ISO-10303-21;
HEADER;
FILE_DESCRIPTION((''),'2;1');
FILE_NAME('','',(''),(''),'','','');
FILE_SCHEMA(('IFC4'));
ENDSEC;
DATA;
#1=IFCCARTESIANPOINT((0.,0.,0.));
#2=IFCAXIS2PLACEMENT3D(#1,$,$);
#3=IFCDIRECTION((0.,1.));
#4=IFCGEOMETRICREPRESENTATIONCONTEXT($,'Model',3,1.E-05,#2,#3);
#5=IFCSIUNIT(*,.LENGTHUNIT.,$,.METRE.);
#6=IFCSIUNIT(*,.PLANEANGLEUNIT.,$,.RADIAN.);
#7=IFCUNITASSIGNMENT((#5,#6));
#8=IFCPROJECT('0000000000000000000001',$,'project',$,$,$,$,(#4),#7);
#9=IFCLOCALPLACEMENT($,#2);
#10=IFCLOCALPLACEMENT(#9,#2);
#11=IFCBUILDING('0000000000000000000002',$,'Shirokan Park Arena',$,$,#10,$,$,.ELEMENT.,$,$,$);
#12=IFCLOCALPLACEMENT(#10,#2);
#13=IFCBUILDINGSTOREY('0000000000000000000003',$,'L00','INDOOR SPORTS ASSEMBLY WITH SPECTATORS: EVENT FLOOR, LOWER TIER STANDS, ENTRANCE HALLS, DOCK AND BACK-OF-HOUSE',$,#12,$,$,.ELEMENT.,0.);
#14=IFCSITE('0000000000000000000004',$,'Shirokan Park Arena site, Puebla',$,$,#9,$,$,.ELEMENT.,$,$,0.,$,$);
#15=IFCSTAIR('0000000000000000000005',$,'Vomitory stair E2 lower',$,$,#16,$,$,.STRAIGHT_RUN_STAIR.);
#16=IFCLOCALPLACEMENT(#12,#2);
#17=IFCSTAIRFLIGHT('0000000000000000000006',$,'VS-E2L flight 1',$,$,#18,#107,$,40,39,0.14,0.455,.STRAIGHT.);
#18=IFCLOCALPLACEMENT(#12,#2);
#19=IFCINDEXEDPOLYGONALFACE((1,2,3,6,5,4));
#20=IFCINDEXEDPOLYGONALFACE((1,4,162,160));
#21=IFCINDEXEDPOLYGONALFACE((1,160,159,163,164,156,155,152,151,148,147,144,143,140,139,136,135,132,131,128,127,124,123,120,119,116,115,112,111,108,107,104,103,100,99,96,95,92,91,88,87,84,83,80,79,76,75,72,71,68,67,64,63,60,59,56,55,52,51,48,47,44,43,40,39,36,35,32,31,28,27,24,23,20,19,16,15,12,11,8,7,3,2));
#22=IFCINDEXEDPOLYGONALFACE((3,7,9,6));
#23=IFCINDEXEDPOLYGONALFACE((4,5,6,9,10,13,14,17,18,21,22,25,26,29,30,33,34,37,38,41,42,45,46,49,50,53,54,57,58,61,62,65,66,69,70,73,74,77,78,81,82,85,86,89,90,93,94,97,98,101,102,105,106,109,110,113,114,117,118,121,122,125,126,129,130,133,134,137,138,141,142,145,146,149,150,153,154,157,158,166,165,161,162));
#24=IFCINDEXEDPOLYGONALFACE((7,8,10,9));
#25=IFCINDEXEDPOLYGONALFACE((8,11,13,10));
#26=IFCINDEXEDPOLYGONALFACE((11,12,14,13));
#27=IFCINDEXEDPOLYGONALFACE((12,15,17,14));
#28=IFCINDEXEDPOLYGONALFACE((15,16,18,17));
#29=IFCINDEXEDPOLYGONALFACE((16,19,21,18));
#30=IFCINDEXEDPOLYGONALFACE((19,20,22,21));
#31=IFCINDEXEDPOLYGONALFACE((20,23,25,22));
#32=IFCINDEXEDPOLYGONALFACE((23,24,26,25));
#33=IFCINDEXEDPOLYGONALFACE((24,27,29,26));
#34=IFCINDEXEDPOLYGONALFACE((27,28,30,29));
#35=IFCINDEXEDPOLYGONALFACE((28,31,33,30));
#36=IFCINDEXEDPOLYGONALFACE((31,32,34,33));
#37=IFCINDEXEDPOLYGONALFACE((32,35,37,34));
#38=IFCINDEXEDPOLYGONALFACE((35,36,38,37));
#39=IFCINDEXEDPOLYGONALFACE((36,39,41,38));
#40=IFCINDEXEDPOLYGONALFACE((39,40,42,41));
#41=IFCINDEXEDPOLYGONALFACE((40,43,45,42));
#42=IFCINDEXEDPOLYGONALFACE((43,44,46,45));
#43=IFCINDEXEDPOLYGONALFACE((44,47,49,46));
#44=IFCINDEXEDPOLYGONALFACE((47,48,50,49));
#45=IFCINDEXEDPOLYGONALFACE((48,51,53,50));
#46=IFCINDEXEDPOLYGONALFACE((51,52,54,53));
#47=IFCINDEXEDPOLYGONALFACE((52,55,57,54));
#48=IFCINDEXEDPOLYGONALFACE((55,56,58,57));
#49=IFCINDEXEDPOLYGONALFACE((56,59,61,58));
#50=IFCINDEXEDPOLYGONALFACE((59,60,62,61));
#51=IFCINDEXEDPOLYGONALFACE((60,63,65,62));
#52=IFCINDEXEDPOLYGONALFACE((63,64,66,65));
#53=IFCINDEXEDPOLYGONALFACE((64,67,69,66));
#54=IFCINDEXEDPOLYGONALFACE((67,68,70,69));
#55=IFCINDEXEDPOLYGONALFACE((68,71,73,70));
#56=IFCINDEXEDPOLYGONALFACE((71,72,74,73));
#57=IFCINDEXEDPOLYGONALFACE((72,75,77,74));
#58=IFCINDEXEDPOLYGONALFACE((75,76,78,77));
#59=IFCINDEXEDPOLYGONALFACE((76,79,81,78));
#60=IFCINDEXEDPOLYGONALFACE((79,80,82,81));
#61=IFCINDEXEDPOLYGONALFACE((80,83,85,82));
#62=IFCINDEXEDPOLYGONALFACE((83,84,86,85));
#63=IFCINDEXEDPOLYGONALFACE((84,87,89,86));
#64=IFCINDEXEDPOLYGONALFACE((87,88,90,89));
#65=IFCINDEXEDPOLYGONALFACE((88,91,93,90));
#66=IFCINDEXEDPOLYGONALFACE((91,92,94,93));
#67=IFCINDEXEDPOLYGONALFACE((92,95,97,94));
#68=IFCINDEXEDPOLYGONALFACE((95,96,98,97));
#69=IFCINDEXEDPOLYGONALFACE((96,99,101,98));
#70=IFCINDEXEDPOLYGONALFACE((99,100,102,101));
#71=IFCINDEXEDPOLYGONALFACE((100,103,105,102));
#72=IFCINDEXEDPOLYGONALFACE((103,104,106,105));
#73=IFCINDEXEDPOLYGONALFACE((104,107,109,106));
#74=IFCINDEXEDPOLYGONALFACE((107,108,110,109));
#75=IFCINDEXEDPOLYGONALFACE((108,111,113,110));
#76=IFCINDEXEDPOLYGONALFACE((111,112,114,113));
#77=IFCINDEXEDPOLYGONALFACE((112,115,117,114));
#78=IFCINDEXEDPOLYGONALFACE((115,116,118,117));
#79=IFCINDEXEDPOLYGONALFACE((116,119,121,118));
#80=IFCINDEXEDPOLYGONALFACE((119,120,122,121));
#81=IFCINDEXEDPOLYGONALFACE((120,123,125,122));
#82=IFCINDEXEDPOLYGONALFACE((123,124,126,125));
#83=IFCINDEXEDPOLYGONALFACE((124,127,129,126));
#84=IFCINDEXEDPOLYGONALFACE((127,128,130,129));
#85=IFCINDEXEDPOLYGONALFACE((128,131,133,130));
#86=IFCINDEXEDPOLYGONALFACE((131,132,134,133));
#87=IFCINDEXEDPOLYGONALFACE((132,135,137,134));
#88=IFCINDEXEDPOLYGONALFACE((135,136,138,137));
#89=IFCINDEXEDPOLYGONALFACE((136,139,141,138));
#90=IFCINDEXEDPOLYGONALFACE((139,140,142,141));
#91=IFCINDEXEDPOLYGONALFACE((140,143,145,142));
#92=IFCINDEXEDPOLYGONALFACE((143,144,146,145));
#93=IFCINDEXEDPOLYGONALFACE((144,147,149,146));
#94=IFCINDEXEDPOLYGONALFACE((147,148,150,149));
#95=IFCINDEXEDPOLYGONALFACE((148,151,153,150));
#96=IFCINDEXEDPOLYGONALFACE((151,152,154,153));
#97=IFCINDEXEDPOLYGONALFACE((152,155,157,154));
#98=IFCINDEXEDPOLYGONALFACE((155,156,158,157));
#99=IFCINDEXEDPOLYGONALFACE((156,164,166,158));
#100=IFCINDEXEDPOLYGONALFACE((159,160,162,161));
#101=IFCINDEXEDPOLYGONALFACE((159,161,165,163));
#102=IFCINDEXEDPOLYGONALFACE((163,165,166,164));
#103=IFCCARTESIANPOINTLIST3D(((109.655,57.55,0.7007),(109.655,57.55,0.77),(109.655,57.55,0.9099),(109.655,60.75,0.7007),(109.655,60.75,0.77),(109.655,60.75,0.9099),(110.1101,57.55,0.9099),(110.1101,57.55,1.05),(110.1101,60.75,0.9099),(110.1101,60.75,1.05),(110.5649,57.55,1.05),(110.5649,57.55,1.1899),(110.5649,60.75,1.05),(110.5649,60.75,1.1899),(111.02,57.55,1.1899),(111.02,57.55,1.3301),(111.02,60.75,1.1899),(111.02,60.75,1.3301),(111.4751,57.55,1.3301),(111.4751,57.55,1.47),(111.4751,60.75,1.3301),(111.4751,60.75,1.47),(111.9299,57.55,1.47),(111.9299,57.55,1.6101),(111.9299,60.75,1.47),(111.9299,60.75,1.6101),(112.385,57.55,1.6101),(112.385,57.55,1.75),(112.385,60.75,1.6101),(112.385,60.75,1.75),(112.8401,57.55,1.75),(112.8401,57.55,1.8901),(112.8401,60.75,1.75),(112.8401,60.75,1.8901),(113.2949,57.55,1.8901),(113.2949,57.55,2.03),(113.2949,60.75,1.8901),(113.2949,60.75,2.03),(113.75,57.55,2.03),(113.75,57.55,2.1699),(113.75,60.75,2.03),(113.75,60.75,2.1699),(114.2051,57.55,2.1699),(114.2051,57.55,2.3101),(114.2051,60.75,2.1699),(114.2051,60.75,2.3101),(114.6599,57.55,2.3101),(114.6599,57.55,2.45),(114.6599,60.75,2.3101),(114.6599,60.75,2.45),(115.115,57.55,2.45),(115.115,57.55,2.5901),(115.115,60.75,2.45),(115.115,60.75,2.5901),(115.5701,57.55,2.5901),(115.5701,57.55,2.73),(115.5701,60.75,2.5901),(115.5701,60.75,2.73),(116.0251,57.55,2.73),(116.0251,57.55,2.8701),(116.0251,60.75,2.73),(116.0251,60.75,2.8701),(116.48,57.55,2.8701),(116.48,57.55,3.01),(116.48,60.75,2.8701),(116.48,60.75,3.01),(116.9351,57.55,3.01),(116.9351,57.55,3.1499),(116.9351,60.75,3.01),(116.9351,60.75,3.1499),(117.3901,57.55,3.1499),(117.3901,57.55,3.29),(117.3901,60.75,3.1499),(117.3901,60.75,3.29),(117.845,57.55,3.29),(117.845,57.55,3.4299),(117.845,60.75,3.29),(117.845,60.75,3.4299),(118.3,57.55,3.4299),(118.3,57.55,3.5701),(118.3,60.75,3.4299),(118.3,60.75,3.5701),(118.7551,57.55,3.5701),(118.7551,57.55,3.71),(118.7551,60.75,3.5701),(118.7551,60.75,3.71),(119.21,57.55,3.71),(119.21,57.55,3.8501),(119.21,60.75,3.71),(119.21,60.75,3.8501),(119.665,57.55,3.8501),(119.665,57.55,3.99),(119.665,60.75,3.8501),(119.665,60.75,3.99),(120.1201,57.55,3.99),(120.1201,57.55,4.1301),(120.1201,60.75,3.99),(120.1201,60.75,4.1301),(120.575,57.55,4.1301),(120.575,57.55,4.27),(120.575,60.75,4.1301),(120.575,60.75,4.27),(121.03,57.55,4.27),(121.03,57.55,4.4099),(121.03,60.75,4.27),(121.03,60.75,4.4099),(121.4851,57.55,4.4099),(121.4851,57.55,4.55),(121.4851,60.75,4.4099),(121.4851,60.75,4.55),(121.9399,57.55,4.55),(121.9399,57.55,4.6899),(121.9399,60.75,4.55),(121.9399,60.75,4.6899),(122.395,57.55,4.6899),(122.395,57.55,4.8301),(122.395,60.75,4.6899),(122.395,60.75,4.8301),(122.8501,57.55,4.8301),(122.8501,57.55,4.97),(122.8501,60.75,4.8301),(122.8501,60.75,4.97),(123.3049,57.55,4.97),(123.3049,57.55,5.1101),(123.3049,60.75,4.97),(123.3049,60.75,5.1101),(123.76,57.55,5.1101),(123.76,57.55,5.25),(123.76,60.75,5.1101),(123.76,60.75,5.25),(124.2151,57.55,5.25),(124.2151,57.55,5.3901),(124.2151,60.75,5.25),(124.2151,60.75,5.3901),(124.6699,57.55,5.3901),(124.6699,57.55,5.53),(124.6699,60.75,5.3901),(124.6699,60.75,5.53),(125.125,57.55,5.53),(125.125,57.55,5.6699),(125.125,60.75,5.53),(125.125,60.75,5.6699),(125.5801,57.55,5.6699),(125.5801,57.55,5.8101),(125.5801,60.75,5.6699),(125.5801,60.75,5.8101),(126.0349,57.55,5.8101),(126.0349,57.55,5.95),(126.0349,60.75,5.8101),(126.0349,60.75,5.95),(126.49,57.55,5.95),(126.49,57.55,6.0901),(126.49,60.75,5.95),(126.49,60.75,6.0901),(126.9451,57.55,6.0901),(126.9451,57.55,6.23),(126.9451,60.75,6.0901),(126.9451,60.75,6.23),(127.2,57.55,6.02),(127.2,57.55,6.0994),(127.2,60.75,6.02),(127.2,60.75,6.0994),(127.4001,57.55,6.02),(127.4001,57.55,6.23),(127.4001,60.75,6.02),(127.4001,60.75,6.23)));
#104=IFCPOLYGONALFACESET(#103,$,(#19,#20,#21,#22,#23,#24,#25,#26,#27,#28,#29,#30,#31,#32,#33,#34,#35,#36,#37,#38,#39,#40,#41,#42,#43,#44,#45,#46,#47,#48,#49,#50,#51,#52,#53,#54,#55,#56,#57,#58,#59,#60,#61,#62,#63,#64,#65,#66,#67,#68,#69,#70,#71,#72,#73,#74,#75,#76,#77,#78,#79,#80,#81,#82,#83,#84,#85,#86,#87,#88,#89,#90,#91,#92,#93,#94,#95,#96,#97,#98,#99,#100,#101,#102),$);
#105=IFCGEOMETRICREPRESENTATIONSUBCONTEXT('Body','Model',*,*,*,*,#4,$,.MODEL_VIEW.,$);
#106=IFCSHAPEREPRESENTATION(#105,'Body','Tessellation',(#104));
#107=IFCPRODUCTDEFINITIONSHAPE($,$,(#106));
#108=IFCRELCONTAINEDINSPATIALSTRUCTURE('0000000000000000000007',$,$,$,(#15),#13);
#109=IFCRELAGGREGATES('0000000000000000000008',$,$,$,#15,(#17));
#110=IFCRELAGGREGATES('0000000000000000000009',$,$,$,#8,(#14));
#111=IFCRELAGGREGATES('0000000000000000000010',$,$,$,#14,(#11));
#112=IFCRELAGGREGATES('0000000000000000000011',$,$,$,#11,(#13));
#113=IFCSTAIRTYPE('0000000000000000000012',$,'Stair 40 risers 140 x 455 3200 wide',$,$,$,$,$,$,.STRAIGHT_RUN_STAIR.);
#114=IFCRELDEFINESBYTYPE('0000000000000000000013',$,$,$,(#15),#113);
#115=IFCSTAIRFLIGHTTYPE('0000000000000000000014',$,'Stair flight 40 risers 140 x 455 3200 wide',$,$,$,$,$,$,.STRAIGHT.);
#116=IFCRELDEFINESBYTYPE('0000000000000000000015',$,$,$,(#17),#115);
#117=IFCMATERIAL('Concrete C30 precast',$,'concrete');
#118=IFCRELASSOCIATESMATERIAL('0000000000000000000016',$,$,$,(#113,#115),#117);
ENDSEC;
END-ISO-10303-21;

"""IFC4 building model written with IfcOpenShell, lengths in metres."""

from ifc_helpers import new_model, si_unit, direction, frame, origin, place, context, subcontext, project, spatial, polyline, outline, extrude, material, type_object, element, aggregate, save


model = new_model("IFC4")

# Units and contexts
model_context = context("Model", 3, precision=1e-05, world=origin(), true_north=direction((0.0, 1.0)))
body_context = subcontext(model_context, "Body", "Model", "MODEL_VIEW")
ifc_project = project(units=[si_unit("LENGTHUNIT", "METRE"), si_unit("PLANEANGLEUNIT", "RADIAN")], contexts=[model_context])

# Site, building, storey
site_placement = place(None, origin())
site = spatial("IfcSite", under=ifc_project, at=site_placement, Name="Shirokan Park Arena site, Puebla", CompositionType="ELEMENT", RefElevation=0.0)
building_placement = place(site_placement, origin())
building = spatial("IfcBuilding", under=site, at=building_placement, Name="Shirokan Park Arena", CompositionType="ELEMENT")
storey_placement = place(building_placement, origin())
storey = spatial("IfcBuildingStorey", under=building, at=storey_placement, Name="L00", Description="INDOOR SPORTS ASSEMBLY WITH SPECTATORS: EVENT FLOOR, LOWER TIER STANDS, ENTRANCE HALLS, DOCK AND BACK-OF-HOUSE", CompositionType="ELEMENT", Elevation=0.0)

# Stair, stair flight
ifc_material_1 = material(Name="Concrete C30 precast", Category="concrete")
stair_type = type_object("IfcStairType", Name="Stair 40 risers 140 x 455 3200 wide", PredefinedType="STRAIGHT_RUN_STAIR", material=ifc_material_1)
stair_placement = place(storey_placement, origin())
stair = element("IfcStair", 1, at=stair_placement, inside=storey, type_object=stair_type, Name="Vomitory stair E2 lower", PredefinedType="STRAIGHT_RUN_STAIR")
stair_flight_type = type_object("IfcStairFlightType", Name="Stair flight 40 risers 140 x 455 3200 wide", PredefinedType="STRAIGHT", material=ifc_material_1)
stair_flight_placement = place(storey_placement, frame((109.655, 59.1499, 0.77), z_axis=(0.0, 0.0, 1.0), x_axis=(1.0, 0.0, 0.0)))
stair_flight = element("IfcStairFlight", 2, at=stair_flight_placement, type_object=stair_flight_type, Name="VS-E2L flight 1", NumberOfRisers=40, NumberOfTreads=39, PredefinedType="STRAIGHT", RiserHeight=0.14, TreadLength=0.455, context=body_context, shape_type="SweptSolid", body=[
    extrude(outline(polyline([(0.0, -0.0693), (0.0, 0.0), (0.0, 0.1399), (0.4551, 0.1399), (0.4551, 0.28), (0.9099, 0.28), (0.9099, 0.4199), (1.365, 0.4199), (1.365, 0.5601), (1.8201, 0.5601), (1.8201, 0.7), (2.2749, 0.7), (2.2749, 0.8401), (2.73, 0.8401), (2.73, 0.98), (3.1851, 0.98), (3.1851, 1.1201), (3.6399, 1.1201), (3.6399, 1.26), (4.095, 1.26), (4.095, 1.3999), (4.55, 1.3999), (4.55, 1.54), (5.0049, 1.54), (5.0049, 1.6799), (5.46, 1.6799), (5.46, 1.8201), (5.915, 1.8201), (5.915, 1.96), (6.3701, 1.96), (6.3701, 2.1001), (6.825, 2.1001), (6.825, 2.24), (7.28, 2.24), (7.28, 2.3799), (7.7351, 2.3799), (7.7351, 2.52), (8.1899, 2.52), (8.1899, 2.6599), (8.645, 2.6599), (8.645, 2.8), (9.1001, 2.8), (9.1001, 2.9399), (9.5549, 2.9399), (9.5549, 3.0801), (10.01, 3.0801), (10.01, 3.22), (10.4651, 3.22), (10.4651, 3.3601), (10.9199, 3.3601), (10.9199, 3.5), (11.375, 3.5), (11.375, 3.6399), (11.8301, 3.6399), (11.8301, 3.78), (12.2849, 3.78), (12.2849, 3.9199), (12.74, 3.9199), (12.74, 4.0601), (13.1951, 4.0601), (13.1951, 4.2), (13.6499, 4.2), (13.6499, 4.3401), (14.105, 4.3401), (14.105, 4.48), (14.5601, 4.48), (14.5601, 4.6201), (15.0149, 4.6201), (15.0149, 4.76), (15.47, 4.76), (15.47, 4.8999), (15.925, 4.8999), (15.925, 5.04), (16.3799, 5.04), (16.3799, 5.1799), (16.835, 5.1799), (16.835, 5.3201), (17.29, 5.3201), (17.29, 5.46), (17.7451, 5.46), (17.7451, 5.6001), (17.7451, 5.25), (17.5449, 5.25), (17.5449, 5.3293), (0.0, -0.0693)])), frame((0.0, 1.6001, 0.0), z_axis=(0.0, -1.0, 0.0), x_axis=(1.0, 0.0, 0.0)), (0.0, 0.0, 1.0), 3.2),
])
aggregate(stair, [stair_flight])

save(model, "model.ifc")
